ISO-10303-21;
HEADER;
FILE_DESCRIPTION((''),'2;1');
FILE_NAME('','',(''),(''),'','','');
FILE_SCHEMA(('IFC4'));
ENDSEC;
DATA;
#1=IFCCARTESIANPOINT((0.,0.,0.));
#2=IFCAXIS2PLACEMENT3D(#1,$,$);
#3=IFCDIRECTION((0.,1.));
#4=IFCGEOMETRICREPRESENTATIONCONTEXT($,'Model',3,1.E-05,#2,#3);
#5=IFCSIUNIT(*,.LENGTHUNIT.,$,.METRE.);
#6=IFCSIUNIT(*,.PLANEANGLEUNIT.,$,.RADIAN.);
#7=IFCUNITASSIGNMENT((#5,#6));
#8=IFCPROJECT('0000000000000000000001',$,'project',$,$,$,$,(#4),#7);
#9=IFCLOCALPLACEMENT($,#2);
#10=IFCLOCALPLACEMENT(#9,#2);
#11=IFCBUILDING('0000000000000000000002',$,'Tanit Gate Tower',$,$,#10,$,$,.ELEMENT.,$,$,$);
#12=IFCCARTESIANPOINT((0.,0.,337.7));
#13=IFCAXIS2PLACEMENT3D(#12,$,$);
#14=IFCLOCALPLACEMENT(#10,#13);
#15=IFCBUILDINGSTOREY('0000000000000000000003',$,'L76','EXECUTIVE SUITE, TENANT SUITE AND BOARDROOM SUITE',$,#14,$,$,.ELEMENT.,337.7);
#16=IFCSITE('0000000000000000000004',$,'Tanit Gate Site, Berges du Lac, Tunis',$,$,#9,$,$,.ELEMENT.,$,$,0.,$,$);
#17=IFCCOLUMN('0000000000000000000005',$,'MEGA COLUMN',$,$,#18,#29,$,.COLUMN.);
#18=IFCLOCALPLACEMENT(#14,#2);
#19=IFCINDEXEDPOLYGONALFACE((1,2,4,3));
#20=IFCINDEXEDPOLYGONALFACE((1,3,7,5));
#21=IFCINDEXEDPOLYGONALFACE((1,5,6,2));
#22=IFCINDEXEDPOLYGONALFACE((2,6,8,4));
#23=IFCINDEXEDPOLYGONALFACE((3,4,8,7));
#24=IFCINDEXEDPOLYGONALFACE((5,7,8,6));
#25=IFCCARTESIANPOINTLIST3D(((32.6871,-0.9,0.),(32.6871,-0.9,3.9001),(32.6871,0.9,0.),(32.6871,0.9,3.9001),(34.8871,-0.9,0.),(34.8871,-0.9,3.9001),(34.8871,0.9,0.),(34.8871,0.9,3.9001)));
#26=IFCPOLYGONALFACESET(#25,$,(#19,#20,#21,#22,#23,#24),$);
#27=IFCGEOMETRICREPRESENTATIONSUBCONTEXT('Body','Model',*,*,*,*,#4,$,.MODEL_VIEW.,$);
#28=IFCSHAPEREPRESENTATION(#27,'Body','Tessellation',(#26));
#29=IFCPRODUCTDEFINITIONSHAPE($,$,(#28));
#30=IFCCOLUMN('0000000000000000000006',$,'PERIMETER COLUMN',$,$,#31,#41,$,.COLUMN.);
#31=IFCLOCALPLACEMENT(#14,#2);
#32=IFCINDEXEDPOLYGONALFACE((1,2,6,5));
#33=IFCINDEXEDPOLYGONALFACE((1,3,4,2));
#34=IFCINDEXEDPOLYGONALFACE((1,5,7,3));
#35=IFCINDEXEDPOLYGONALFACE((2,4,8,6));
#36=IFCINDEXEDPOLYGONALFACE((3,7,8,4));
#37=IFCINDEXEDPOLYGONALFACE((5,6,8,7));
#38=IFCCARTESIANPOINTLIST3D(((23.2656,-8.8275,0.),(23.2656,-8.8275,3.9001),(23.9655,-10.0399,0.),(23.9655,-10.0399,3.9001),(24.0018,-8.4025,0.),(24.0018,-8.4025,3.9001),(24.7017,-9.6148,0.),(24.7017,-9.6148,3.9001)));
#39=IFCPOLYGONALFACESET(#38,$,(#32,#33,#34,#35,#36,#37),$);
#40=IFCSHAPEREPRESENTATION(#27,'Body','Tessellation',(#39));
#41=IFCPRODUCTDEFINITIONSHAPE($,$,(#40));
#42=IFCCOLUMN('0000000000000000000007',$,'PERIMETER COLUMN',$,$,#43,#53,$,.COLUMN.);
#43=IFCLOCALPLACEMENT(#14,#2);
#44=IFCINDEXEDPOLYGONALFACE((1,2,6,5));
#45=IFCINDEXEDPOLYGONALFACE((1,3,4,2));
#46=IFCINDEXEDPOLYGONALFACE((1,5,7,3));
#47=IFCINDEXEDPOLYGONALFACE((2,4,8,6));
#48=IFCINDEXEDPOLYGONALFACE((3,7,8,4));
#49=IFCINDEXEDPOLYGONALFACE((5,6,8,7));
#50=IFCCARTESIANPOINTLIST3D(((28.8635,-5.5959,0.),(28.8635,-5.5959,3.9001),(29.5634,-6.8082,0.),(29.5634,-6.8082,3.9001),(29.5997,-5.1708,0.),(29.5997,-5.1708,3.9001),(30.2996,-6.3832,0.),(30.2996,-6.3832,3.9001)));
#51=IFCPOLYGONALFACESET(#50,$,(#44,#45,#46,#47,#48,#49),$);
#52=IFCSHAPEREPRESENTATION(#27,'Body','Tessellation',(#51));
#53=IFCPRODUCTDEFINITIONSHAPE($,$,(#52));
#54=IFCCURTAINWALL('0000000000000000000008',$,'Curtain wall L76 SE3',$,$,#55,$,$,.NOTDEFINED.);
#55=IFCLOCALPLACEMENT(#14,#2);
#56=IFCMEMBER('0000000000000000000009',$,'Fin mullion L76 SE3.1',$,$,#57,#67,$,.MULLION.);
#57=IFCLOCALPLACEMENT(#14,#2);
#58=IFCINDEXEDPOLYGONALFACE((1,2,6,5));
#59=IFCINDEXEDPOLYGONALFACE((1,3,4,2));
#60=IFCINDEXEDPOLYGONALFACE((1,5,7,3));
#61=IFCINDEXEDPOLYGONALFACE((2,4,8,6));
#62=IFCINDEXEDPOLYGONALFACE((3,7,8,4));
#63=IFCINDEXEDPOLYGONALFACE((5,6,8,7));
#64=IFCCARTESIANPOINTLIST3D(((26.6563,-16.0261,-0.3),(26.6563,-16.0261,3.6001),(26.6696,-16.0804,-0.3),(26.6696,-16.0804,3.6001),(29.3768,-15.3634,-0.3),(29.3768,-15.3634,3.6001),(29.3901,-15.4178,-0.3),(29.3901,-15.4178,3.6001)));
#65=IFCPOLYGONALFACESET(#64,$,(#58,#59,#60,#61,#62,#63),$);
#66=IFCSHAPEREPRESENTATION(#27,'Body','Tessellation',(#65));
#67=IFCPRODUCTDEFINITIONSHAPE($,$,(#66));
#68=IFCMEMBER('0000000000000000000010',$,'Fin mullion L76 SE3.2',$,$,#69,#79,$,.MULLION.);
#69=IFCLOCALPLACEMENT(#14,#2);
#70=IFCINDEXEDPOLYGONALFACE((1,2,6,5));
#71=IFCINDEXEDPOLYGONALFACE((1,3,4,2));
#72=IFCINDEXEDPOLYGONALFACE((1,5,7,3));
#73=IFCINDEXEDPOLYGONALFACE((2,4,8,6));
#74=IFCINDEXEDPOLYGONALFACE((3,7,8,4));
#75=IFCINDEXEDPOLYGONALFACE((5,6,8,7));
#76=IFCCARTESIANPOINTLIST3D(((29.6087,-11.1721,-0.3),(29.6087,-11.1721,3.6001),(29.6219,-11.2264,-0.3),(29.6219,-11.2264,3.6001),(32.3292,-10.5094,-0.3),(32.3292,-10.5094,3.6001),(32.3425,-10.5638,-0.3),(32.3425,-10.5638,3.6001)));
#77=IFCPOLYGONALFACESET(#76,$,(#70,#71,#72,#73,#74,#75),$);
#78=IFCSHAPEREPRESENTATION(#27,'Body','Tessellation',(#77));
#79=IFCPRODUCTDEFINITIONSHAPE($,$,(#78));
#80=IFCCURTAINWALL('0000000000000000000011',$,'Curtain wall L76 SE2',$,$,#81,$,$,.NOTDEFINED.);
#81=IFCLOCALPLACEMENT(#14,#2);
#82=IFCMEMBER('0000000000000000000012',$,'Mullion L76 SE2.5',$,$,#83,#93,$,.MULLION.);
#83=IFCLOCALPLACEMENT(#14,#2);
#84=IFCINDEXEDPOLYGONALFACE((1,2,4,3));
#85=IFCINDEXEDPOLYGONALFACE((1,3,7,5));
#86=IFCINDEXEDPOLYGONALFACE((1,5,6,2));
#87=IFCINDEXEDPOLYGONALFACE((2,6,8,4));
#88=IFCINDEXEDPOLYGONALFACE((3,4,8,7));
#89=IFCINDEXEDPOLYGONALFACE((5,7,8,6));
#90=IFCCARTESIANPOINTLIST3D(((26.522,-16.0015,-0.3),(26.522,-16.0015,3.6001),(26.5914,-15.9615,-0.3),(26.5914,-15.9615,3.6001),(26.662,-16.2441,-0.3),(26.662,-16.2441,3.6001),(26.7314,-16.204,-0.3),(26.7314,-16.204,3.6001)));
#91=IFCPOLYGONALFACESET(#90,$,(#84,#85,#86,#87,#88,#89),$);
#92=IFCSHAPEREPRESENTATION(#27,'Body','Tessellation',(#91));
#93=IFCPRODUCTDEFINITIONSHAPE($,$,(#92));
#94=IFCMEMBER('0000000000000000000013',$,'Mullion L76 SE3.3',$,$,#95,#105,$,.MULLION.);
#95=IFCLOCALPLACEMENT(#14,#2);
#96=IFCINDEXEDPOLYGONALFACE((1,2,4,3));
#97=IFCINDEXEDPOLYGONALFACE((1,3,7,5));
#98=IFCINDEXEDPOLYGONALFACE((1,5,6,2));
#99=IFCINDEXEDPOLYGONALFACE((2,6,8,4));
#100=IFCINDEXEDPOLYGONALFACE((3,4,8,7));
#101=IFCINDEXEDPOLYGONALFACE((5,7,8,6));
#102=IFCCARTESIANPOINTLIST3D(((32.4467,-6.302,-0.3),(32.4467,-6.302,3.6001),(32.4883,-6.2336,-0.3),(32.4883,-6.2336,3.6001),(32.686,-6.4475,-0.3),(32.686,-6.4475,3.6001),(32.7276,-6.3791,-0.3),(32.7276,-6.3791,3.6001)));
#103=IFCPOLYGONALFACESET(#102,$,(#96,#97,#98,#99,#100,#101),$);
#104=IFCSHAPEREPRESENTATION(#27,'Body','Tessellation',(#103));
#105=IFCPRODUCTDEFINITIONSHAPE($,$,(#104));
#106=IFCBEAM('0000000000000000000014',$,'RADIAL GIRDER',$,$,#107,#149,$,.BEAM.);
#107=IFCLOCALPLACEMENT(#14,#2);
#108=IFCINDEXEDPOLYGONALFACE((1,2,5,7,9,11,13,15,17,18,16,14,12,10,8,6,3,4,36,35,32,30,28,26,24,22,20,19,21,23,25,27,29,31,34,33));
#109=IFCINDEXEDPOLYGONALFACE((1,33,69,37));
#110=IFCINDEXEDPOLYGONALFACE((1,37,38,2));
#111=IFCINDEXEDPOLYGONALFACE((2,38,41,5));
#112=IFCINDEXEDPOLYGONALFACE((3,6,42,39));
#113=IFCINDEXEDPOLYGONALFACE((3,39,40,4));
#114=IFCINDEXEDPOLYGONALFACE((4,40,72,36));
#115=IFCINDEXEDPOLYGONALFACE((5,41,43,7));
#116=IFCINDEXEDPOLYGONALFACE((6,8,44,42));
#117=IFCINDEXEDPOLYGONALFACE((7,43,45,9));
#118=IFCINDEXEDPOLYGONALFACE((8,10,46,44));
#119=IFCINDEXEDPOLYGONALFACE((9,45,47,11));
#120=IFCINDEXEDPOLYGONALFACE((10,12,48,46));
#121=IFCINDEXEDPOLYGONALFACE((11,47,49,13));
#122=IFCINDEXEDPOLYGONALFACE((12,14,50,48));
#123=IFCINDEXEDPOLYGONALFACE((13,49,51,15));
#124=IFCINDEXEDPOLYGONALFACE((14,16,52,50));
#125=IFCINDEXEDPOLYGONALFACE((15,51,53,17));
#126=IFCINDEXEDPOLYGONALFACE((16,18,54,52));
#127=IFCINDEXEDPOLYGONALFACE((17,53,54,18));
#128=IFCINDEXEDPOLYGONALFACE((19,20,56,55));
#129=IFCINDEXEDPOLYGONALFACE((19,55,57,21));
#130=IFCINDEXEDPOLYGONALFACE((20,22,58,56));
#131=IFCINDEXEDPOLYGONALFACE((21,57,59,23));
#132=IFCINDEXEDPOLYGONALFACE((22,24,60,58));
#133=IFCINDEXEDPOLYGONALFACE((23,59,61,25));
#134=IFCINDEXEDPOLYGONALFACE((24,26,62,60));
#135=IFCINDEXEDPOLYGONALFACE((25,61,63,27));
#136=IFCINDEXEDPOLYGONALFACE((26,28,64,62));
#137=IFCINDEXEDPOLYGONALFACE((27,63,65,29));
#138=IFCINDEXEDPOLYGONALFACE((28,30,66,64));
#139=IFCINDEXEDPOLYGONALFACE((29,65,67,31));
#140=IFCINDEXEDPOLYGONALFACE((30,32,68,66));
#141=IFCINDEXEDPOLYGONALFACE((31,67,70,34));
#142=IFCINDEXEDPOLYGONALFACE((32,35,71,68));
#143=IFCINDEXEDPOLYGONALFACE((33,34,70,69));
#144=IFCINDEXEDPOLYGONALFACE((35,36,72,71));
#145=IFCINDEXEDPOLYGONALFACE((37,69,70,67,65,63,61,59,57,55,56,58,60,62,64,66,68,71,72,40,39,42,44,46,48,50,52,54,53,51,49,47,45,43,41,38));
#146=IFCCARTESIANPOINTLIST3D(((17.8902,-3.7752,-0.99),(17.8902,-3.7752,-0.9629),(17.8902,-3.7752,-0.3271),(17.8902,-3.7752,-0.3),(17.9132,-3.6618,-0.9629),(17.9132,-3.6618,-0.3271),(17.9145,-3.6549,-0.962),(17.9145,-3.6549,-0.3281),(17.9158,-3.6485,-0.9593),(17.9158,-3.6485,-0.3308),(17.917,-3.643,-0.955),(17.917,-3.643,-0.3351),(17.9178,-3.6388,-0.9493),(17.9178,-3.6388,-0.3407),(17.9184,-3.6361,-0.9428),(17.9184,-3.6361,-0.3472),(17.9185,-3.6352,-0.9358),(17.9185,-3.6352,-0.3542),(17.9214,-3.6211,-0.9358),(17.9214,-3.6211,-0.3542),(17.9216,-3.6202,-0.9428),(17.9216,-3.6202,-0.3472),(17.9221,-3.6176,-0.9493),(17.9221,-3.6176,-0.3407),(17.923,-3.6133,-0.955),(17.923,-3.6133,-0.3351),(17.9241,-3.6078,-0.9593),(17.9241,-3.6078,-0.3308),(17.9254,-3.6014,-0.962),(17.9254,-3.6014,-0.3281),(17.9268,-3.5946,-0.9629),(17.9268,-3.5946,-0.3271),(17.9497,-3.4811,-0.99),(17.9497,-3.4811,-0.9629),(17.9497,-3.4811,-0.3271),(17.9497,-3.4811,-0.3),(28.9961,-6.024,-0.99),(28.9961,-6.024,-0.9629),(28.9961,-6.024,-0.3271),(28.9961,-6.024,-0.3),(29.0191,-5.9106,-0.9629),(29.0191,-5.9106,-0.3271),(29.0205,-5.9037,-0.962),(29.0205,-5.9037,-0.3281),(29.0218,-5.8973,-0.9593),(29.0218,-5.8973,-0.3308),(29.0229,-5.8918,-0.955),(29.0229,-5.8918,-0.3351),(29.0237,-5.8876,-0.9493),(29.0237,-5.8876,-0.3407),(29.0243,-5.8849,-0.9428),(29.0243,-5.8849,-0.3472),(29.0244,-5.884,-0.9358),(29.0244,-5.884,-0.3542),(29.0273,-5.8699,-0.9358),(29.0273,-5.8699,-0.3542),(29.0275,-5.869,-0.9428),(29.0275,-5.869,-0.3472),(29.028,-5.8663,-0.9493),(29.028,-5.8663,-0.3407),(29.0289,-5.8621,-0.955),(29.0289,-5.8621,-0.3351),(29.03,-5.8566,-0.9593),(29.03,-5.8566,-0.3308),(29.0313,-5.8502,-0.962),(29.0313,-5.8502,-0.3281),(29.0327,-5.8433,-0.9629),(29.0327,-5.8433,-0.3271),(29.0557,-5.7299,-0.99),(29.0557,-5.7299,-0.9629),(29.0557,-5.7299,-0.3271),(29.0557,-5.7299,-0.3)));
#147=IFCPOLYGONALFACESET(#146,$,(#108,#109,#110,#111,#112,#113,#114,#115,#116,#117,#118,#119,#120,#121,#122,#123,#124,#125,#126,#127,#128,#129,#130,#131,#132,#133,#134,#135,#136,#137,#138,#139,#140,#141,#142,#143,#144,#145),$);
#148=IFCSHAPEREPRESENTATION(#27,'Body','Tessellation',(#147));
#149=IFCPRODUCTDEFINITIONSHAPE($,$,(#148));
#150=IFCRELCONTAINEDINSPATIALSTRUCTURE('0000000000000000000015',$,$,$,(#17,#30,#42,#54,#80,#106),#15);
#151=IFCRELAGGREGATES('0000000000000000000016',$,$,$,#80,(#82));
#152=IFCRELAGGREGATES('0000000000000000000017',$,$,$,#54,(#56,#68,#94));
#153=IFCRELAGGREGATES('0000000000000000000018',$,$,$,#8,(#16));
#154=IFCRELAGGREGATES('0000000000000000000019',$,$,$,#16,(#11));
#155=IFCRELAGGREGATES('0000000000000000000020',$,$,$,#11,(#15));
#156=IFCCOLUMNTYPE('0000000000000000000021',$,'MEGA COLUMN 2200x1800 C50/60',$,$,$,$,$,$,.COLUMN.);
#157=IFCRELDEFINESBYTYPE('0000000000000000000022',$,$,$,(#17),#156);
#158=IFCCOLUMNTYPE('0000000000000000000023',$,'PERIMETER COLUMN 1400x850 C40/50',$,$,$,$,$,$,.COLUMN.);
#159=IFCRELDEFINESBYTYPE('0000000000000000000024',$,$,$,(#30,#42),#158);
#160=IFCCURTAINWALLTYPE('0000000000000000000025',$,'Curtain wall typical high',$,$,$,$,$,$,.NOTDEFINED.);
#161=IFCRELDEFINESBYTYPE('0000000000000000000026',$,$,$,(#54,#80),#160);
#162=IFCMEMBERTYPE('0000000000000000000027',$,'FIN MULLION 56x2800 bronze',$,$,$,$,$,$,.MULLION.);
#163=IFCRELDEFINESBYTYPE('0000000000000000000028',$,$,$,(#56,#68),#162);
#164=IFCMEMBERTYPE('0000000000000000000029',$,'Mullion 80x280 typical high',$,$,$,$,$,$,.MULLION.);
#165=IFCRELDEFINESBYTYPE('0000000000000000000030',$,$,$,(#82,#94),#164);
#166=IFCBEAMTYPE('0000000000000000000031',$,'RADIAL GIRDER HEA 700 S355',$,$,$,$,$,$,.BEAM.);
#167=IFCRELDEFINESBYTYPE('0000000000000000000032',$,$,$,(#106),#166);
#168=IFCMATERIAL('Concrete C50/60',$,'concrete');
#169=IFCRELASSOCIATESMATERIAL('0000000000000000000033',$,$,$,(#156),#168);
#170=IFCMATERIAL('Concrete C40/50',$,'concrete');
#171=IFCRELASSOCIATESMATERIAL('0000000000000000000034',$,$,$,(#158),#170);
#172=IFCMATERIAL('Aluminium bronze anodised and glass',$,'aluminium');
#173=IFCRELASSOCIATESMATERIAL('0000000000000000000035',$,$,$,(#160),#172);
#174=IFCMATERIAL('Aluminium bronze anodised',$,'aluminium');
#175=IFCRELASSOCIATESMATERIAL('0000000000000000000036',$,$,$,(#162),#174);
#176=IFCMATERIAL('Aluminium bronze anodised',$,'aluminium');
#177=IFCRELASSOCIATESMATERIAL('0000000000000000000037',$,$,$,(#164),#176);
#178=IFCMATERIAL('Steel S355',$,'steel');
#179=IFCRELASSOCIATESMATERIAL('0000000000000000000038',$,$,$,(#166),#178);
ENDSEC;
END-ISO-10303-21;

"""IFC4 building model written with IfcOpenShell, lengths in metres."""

from ifc_helpers import new_model, si_unit, direction, frame, origin, origin_2d, place, context, subcontext, project, spatial, rectangle, i_section, extrude, material, material_profile, profile_set, type_object, element, aggregate, save


model = new_model("IFC4")

# Units and contexts
model_context = context("Model", 3, precision=1e-05, world=origin(), true_north=direction((0.0, 1.0)))
body_context = subcontext(model_context, "Body", "Model", "MODEL_VIEW")
ifc_project = project(units=[si_unit("LENGTHUNIT", "METRE"), si_unit("PLANEANGLEUNIT", "RADIAN")], contexts=[model_context])

# Site, building, storey
site_placement = place(None, origin())
site = spatial("IfcSite", under=ifc_project, at=site_placement, Name="Tanit Gate Site, Berges du Lac, Tunis", CompositionType="ELEMENT", RefElevation=0.0)
building_placement = place(site_placement, origin())
building = spatial("IfcBuilding", under=site, at=building_placement, Name="Tanit Gate Tower", CompositionType="ELEMENT")
storey_placement = place(building_placement, frame((0.0, 0.0, 337.7)))
storey = spatial("IfcBuildingStorey", under=building, at=storey_placement, Name="L76", Description="EXECUTIVE SUITE, TENANT SUITE AND BOARDROOM SUITE", CompositionType="ELEMENT", Elevation=337.7)

# Columns
ifc_material_1 = material(Name="Concrete C50/60", Category="concrete")
ifc_material_profile_1 = material_profile(ifc_material_1, rectangle(XDim=2.2, YDim=1.8, at=origin_2d()), Name="RC 2200x1800")
ifc_profile_set_1 = profile_set([ifc_material_profile_1], Name="Concrete C50/60")
column_type_1 = type_object("IfcColumnType", Name="MEGA COLUMN 2200x1800 C50/60", PredefinedType="COLUMN", material=ifc_profile_set_1)
column_placement = place(storey_placement, frame((33.7871, 0.0, 0.0), z_axis=(0.0, 0.0, 1.0), x_axis=(1.0, 0.0, 0.0)))
element("IfcColumn", 1, at=column_placement, inside=storey, type_object=column_type_1, Name="MEGA COLUMN", PredefinedType="COLUMN", context=body_context, shape_type="SweptSolid", body=[
    extrude(rectangle(XDim=2.2, YDim=1.8, at=origin_2d()), origin(), (0.0, 0.0, 1.0), 3.9001),
])
ifc_material_2 = material(Name="Concrete C40/50", Category="concrete")
ifc_material_profile_2 = material_profile(ifc_material_2, rectangle(XDim=1.3999, YDim=0.8501, at=origin_2d()), Name="RC 1400x850")
ifc_profile_set_2 = profile_set([ifc_material_profile_2], Name="Concrete C40/50")
column_type_2 = type_object("IfcColumnType", Name="PERIMETER COLUMN 1400x850 C40/50", PredefinedType="COLUMN", material=ifc_profile_set_2)
for number, where, z_axis, x_axis, name in (
    (2, (23.9836, -9.2212, 0.0), (0.0, 0.0, 1.0), (0.5, -0.866025, 0.0), "PERIMETER COLUMN"),
    (3, (29.5815, -5.9895, 0.0), (0.0, 0.0, 1.0), (0.5, -0.866025, 0.0), "PERIMETER COLUMN"),
):
    element("IfcColumn", number, at=place(storey_placement, frame(where, z_axis=z_axis, x_axis=x_axis)), inside=storey, type_object=column_type_2, Name=name, PredefinedType="COLUMN", context=body_context, shape_type="SweptSolid", body=[
        extrude(rectangle(XDim=1.3999, YDim=0.8501, at=origin_2d()), origin(), (0.0, 0.0, 1.0), 3.9001),
    ])

# Curtain wall, members
ifc_material_3 = material(Name="Aluminium bronze anodised and glass", Category="aluminium")
curtain_wall_type = type_object("IfcCurtainWallType", Name="Curtain wall typical high", PredefinedType="NOTDEFINED", material=ifc_material_3)
curtain_wall_1_placement = place(storey_placement, origin())
curtain_wall_1 = element("IfcCurtainWall", 4, at=curtain_wall_1_placement, inside=storey, type_object=curtain_wall_type, Name="Curtain wall L76 SE3", PredefinedType="NOTDEFINED")
ifc_material_4 = material(Name="Aluminium bronze anodised", Category="aluminium")
ifc_material_profile_3 = material_profile(ifc_material_4, rectangle(XDim=2.8, YDim=0.0559, at=origin_2d()), Name="56x2800 bronze fin mullion")
ifc_profile_set_3 = profile_set([ifc_material_profile_3], Name="Aluminium bronze anodised")
member_type_1 = type_object("IfcMemberType", Name="FIN MULLION 56x2800 bronze", PredefinedType="MULLION", material=ifc_profile_set_3)
member_1_placement = place(storey_placement, frame((28.0232, -15.7219, -0.3), z_axis=(0.0, 0.0, 1.0), x_axis=(-0.971595, -0.236651, 0.0)))
member_1 = element("IfcMember", 5, at=member_1_placement, type_object=member_type_1, Name="Fin mullion L76 SE3.1", PredefinedType="MULLION", context=body_context, shape_type="SweptSolid", body=[
    extrude(rectangle(XDim=2.8, YDim=0.0559, at=origin_2d()), origin(), (0.0, 0.0, 1.0), 3.9001),
])
member_2_placement = place(storey_placement, frame((30.9756, -10.8679, -0.3), z_axis=(0.0, 0.0, 1.0), x_axis=(-0.971595, -0.236651, 0.0)))
member_2 = element("IfcMember", 6, at=member_2_placement, type_object=member_type_1, Name="Fin mullion L76 SE3.2", PredefinedType="MULLION", context=body_context, shape_type="SweptSolid", body=[
    extrude(rectangle(XDim=2.8, YDim=0.0559, at=origin_2d()), origin(), (0.0, 0.0, 1.0), 3.9001),
])

# Curtain wall, member
curtain_wall_2_placement = place(storey_placement, origin())
curtain_wall_2 = element("IfcCurtainWall", 7, at=curtain_wall_2_placement, inside=storey, type_object=curtain_wall_type, Name="Curtain wall L76 SE2", PredefinedType="NOTDEFINED")
ifc_material_5 = material(Name="Aluminium bronze anodised", Category="aluminium")
ifc_material_profile_4 = material_profile(ifc_material_5, rectangle(XDim=0.28, YDim=0.0801, at=origin_2d()), Name="80x280 bronze mullion")
ifc_profile_set_4 = profile_set([ifc_material_profile_4], Name="Aluminium bronze anodised")
member_type_2 = type_object("IfcMemberType", Name="Mullion 80x280 typical high", PredefinedType="MULLION", material=ifc_profile_set_4)
member_3_placement = place(storey_placement, frame((26.6267, -16.1028, -0.3), z_axis=(0.0, 0.0, 1.0), x_axis=(-0.49994, 0.86606, 0.0)))
member_3 = element("IfcMember", 8, at=member_3_placement, type_object=member_type_2, Name="Mullion L76 SE2.5", PredefinedType="MULLION", context=body_context, shape_type="SweptSolid", body=[
    extrude(rectangle(XDim=0.28, YDim=0.0801, at=origin_2d()), origin(), (0.0, 0.0, 1.0), 3.9001),
])

# Member
member_4_placement = place(storey_placement, frame((32.5872, -6.3406, -0.3), z_axis=(0.0, 0.0, 1.0), x_axis=(-0.854359, 0.519684, 0.0)))
member_4 = element("IfcMember", 9, at=member_4_placement, type_object=member_type_2, Name="Mullion L76 SE3.3", PredefinedType="MULLION", context=body_context, shape_type="SweptSolid", body=[
    extrude(rectangle(XDim=0.28, YDim=0.0801, at=origin_2d()), origin(), (0.0, 0.0, 1.0), 3.9001),
])

# Beam
ifc_material_6 = material(Name="Steel S355", Category="steel")
ifc_material_profile_5 = material_profile(ifc_material_6, i_section(OverallWidth=0.3, OverallDepth=0.6899, WebThickness=0.0144, FlangeThickness=0.0271, FilletRadius=0.0271, at=origin_2d()), Name="HEA 700")
ifc_profile_set_5 = profile_set([ifc_material_profile_5], Name="Steel S355")
beam_type_1 = type_object("IfcBeamType", Name="RADIAL GIRDER HEA 700 S355", PredefinedType="BEAM", material=ifc_profile_set_5)
beam_1_placement = place(storey_placement, frame((29.0259, -5.877, -0.645), z_axis=(-0.98011, 0.198457, 0.0), x_axis=(-0.198457, -0.98011, 0.0)))
element("IfcBeam", 10, at=beam_1_placement, inside=storey, type_object=beam_type_1, Name="RADIAL GIRDER", PredefinedType="BEAM", context=body_context, shape_type="SweptSolid", body=[
    extrude(i_section(OverallWidth=0.3, OverallDepth=0.6899, WebThickness=0.0144, FlangeThickness=0.0271, FilletRadius=0.0271, at=origin_2d()), origin(), (0.0, 0.0, 1.0), 11.3313),
])

aggregate(curtain_wall_2, [member_3])
aggregate(curtain_wall_1, [member_1, member_2, member_4])

save(model, "model.ifc")
